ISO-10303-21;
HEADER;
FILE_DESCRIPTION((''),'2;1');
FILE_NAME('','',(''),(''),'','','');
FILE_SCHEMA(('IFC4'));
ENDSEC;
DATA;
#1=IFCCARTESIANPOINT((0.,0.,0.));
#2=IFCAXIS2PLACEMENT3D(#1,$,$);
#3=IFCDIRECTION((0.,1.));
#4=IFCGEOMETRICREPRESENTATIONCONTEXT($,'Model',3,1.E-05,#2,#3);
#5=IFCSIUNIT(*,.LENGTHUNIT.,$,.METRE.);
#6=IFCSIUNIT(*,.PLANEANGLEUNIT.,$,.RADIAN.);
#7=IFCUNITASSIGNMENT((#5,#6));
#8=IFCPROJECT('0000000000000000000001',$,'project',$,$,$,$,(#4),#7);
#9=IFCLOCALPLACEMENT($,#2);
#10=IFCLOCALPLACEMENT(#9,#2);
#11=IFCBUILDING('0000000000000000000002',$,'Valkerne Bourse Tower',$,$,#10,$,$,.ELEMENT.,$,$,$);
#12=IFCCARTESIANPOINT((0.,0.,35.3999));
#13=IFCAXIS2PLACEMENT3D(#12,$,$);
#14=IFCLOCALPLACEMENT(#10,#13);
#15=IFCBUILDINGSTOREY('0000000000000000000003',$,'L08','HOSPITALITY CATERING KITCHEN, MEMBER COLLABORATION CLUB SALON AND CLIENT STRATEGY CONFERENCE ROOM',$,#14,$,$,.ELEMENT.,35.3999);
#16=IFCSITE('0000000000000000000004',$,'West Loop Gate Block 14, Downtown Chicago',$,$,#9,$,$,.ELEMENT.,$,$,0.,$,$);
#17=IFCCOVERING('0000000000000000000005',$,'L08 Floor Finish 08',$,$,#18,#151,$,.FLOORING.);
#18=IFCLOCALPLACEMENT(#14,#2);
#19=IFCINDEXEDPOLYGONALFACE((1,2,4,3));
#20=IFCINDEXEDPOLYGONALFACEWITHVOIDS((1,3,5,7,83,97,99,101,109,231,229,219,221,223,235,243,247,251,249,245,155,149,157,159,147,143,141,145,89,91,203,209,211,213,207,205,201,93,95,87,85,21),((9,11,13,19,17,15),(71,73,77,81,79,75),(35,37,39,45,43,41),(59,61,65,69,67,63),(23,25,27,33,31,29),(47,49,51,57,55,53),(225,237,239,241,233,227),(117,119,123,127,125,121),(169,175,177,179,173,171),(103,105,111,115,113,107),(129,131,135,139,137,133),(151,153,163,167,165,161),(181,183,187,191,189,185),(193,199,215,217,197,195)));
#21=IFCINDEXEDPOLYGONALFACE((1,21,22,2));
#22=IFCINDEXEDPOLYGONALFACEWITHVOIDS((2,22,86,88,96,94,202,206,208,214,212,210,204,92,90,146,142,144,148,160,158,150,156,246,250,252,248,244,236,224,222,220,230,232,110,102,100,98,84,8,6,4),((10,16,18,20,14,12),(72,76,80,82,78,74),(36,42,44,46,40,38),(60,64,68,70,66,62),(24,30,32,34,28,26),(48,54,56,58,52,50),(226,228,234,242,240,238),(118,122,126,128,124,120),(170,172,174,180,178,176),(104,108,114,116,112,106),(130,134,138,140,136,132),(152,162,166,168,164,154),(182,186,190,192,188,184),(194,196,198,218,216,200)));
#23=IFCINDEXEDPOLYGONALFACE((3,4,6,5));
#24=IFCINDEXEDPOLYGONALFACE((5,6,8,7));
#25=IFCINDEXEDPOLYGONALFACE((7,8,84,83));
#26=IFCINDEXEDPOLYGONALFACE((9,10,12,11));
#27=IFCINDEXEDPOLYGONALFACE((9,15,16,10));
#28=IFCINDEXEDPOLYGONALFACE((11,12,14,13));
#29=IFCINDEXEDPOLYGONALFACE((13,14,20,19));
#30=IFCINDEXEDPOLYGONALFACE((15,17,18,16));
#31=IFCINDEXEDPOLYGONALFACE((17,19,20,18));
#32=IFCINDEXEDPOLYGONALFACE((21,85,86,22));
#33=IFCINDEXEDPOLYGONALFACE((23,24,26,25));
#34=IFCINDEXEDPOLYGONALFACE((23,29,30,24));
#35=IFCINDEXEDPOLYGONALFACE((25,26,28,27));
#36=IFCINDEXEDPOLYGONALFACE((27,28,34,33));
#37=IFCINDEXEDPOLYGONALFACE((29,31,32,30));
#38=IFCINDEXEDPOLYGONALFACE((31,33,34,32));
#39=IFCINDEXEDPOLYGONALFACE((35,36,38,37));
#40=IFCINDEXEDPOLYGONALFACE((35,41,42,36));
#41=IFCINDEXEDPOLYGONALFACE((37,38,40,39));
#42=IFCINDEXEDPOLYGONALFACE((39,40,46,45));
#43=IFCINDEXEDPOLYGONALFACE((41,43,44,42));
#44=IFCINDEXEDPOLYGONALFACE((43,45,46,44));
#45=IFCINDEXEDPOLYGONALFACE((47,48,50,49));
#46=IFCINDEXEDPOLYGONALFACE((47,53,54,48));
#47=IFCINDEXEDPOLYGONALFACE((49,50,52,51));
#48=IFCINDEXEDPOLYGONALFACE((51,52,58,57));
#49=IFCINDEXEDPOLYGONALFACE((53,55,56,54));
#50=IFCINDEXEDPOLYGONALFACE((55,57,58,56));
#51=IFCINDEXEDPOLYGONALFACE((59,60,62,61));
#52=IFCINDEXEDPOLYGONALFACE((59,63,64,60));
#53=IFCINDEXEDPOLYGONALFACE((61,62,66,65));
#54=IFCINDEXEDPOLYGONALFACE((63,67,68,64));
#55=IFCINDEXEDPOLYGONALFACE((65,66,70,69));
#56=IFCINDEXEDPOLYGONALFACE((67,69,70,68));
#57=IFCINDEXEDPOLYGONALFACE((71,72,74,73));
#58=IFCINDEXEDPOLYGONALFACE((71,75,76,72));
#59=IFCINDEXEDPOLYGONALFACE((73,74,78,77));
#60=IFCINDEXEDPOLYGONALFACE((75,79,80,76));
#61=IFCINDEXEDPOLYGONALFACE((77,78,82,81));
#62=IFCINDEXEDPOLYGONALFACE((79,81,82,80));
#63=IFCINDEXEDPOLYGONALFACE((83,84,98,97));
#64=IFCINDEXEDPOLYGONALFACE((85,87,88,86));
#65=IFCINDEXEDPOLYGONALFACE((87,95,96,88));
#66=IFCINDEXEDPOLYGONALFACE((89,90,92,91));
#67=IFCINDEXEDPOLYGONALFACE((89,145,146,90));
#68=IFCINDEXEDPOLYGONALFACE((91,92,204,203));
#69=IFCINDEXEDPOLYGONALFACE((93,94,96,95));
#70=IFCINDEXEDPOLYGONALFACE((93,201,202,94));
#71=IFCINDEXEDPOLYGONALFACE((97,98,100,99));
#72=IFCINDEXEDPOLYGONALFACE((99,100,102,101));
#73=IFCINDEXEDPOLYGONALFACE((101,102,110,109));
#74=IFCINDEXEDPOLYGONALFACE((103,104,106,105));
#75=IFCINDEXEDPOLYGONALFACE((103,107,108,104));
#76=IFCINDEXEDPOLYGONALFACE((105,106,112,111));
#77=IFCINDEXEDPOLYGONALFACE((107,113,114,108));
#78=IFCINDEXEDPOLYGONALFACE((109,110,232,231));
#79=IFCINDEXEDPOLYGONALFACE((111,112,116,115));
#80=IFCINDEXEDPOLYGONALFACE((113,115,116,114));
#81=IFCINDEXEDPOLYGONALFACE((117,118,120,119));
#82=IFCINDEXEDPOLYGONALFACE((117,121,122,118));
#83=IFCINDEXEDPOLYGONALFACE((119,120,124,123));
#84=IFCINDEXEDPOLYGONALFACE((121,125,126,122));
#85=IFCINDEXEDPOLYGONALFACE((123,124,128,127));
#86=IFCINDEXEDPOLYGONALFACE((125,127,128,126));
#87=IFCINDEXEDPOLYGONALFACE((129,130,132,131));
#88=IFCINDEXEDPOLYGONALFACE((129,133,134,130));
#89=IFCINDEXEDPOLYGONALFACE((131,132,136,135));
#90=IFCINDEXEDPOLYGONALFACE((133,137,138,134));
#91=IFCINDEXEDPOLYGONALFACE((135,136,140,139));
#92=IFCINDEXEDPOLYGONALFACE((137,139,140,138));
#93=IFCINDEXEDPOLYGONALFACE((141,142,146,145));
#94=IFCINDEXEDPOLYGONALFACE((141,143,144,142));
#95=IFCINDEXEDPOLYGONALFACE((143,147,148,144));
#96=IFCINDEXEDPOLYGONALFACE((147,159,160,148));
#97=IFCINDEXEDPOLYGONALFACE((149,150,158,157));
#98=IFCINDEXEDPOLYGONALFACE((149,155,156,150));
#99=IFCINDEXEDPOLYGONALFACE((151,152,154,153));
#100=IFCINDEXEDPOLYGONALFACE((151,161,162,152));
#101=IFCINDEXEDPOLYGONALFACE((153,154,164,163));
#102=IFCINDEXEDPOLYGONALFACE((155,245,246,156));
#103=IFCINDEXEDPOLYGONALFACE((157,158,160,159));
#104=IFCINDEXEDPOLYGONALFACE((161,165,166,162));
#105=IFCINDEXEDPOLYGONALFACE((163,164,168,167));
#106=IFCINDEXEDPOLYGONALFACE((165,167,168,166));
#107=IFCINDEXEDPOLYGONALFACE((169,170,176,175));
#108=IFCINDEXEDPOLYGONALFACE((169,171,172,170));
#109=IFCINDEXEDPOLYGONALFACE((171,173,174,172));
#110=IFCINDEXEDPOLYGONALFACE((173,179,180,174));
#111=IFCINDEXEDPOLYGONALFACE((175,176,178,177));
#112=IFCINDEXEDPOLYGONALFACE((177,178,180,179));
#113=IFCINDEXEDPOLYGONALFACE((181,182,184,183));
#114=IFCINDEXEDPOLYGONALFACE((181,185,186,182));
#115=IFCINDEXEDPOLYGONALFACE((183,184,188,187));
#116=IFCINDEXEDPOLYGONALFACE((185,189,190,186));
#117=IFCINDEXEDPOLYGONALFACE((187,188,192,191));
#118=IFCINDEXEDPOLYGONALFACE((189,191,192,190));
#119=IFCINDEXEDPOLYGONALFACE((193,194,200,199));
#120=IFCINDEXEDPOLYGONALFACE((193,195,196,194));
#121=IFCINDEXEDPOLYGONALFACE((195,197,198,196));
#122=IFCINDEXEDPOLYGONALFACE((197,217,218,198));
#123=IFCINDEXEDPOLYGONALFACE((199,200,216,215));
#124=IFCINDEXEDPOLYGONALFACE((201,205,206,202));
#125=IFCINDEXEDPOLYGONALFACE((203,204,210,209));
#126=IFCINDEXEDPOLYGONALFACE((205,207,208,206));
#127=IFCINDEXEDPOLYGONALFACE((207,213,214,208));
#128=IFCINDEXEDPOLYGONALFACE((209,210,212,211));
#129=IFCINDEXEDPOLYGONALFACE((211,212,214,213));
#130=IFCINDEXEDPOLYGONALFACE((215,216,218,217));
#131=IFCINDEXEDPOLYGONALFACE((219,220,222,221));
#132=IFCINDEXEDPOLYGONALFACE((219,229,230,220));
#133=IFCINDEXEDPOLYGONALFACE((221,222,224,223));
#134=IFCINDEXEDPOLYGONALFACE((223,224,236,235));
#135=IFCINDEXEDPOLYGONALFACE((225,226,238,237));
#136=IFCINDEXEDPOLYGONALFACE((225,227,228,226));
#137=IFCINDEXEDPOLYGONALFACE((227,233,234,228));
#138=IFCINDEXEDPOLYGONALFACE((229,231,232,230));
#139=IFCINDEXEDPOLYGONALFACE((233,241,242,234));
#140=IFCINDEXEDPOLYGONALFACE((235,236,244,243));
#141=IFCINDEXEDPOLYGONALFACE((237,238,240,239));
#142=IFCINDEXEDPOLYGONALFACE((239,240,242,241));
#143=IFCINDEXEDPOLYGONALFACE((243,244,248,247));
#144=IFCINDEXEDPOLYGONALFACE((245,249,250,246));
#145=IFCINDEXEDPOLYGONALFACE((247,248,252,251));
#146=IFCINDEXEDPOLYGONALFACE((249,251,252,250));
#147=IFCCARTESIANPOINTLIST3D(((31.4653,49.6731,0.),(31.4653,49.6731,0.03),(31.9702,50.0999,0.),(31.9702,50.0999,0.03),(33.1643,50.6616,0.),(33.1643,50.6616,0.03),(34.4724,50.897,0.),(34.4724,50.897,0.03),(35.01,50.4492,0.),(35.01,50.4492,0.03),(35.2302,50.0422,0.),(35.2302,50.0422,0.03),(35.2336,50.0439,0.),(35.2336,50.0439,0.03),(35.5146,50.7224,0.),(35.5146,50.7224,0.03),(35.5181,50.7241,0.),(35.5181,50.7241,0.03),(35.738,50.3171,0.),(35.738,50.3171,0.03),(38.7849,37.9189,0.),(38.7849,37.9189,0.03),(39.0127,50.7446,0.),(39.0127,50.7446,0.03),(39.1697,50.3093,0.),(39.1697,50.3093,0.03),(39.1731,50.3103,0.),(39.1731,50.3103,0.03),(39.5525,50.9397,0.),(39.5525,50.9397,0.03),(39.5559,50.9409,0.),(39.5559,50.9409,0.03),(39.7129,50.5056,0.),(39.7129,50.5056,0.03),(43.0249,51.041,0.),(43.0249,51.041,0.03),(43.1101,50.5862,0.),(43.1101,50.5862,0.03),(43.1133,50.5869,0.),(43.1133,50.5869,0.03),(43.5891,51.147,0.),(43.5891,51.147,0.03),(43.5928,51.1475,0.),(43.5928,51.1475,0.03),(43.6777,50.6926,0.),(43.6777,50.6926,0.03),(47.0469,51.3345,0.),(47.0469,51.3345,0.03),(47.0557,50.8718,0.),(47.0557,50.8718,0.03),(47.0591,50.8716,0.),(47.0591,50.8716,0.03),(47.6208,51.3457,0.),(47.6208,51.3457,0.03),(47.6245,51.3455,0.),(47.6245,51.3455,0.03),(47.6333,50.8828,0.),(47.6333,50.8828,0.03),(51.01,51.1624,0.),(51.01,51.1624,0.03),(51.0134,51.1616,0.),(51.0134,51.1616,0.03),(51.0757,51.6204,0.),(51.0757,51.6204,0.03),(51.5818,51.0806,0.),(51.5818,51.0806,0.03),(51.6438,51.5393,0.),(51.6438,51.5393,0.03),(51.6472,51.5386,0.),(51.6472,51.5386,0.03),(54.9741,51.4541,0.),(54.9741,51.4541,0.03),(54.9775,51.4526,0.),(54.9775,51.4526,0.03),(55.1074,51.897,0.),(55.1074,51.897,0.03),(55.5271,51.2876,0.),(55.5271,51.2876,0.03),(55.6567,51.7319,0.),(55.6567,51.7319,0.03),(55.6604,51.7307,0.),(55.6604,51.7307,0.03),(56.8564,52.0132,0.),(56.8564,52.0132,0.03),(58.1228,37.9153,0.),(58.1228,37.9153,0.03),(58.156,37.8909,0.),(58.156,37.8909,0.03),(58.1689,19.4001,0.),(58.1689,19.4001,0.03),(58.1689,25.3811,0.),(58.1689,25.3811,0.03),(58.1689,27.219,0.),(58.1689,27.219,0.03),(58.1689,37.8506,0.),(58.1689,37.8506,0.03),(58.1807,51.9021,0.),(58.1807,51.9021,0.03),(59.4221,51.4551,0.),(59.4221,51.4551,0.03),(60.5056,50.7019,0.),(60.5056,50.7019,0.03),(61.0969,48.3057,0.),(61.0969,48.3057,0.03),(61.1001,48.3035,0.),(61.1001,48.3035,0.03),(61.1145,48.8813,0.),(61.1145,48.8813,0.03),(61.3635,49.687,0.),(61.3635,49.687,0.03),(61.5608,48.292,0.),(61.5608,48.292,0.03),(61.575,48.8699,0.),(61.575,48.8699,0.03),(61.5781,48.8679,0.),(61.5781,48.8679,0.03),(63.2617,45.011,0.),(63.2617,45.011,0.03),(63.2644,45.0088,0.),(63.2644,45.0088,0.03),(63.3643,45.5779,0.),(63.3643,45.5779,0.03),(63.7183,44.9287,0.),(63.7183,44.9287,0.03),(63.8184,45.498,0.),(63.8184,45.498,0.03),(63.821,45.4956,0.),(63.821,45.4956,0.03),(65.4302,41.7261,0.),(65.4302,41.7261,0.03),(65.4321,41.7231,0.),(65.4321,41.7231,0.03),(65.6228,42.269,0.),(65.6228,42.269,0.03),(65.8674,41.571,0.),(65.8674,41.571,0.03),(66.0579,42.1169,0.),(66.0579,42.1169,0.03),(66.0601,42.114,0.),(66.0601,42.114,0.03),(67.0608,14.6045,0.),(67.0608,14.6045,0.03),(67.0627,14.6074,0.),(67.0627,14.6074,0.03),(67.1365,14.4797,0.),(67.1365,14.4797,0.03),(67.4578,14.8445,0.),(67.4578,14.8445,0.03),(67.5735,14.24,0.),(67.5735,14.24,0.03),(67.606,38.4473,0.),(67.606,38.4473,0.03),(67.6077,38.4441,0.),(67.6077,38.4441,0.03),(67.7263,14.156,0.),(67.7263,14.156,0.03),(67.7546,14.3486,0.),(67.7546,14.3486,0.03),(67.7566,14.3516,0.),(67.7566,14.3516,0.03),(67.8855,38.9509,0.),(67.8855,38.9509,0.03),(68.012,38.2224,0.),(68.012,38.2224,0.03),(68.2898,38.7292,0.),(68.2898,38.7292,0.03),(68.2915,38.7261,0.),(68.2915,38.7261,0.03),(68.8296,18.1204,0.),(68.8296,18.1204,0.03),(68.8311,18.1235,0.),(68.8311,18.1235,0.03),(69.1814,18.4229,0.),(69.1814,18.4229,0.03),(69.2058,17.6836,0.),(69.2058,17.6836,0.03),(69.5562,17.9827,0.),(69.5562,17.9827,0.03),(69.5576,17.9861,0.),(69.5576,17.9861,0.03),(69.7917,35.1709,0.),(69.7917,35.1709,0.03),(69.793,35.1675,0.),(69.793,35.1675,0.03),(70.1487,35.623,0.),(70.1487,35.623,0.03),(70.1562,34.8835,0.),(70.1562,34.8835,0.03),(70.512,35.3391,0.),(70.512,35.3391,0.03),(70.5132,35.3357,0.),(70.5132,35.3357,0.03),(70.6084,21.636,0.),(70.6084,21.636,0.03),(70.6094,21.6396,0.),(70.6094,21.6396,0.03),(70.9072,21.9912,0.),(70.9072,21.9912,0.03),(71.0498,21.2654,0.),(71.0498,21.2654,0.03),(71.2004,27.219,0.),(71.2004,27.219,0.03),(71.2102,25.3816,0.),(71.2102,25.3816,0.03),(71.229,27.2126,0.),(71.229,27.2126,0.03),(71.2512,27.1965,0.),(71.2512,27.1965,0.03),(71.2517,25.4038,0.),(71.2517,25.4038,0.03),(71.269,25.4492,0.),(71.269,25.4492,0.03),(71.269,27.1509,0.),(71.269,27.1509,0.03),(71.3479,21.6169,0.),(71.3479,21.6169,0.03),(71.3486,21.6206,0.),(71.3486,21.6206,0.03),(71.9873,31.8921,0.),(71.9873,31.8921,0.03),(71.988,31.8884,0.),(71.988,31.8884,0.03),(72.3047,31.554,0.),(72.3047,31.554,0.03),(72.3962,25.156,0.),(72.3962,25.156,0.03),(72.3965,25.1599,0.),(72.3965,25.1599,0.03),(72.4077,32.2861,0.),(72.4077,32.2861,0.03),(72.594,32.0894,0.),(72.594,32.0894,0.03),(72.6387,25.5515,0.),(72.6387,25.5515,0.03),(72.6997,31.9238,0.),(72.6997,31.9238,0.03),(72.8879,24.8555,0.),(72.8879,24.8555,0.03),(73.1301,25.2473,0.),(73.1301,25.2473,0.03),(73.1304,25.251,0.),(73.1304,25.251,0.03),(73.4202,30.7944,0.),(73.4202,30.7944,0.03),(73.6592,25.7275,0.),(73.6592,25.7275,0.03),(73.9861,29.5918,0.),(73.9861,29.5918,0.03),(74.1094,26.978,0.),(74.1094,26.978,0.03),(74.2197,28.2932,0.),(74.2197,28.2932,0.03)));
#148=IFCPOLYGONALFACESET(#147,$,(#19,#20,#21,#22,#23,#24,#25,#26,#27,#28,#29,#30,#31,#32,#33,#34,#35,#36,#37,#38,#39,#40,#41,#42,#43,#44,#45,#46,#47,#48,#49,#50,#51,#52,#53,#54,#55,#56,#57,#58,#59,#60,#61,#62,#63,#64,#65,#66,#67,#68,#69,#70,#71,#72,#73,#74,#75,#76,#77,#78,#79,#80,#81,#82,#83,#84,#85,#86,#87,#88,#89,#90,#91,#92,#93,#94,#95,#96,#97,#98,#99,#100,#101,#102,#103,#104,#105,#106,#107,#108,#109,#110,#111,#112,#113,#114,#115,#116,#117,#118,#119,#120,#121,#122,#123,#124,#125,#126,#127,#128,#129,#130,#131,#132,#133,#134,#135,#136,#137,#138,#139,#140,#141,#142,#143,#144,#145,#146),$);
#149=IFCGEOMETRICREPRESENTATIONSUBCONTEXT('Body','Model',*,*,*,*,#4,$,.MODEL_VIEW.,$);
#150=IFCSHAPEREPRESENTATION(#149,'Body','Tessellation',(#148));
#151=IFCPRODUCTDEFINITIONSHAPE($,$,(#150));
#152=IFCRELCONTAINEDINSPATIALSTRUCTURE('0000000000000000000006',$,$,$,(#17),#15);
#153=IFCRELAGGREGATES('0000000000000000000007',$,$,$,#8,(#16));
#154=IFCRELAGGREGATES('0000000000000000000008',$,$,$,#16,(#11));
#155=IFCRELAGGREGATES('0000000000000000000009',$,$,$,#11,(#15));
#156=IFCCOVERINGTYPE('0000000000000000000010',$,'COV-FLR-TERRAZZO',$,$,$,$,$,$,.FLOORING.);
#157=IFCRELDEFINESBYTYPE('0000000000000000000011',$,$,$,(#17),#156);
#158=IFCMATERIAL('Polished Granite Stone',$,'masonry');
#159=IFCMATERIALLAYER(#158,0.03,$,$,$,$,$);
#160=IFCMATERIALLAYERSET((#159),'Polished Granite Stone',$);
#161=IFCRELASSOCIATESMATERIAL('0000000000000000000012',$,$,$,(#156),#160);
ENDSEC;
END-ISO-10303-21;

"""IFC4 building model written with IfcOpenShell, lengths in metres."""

from ifc_helpers import new_model, si_unit, direction, frame, origin, place, context, subcontext, project, spatial, polyline, outline, extrude, material, layer, layer_set, type_object, element, save


model = new_model("IFC4")

# Units and contexts
model_context = context("Model", 3, precision=1e-05, world=origin(), true_north=direction((0.0, 1.0)))
body_context = subcontext(model_context, "Body", "Model", "MODEL_VIEW")
ifc_project = project(units=[si_unit("LENGTHUNIT", "METRE"), si_unit("PLANEANGLEUNIT", "RADIAN")], contexts=[model_context])

# Site, building, storey
site_placement = place(None, origin())
site = spatial("IfcSite", under=ifc_project, at=site_placement, Name="West Loop Gate Block 14, Downtown Chicago", CompositionType="ELEMENT", RefElevation=0.0)
building_placement = place(site_placement, origin())
building = spatial("IfcBuilding", under=site, at=building_placement, Name="Valkerne Bourse Tower", CompositionType="ELEMENT")
storey_placement = place(building_placement, frame((0.0, 0.0, 35.3999)))
storey = spatial("IfcBuildingStorey", under=building, at=storey_placement, Name="L08", Description="HOSPITALITY CATERING KITCHEN, MEMBER COLLABORATION CLUB SALON AND CLIENT STRATEGY CONFERENCE ROOM", CompositionType="ELEMENT", Elevation=35.3999)

# Covering
ifc_material_1 = material(Name="Polished Granite Stone", Category="masonry")
ifc_layer_1 = layer(ifc_material_1, 0.03)
ifc_layer_set_1 = layer_set([ifc_layer_1], Name="Polished Granite Stone")
covering_type_1 = type_object("IfcCoveringType", Name="COV-FLR-TERRAZZO", PredefinedType="FLOORING", material=ifc_layer_set_1)
covering_1_placement = place(storey_placement, origin())
element("IfcCovering", 1, at=covering_1_placement, inside=storey, type_object=covering_type_1, Name="L08 Floor Finish 08", PredefinedType="FLOORING", context=body_context, shape_type="SweptSolid", body=[
    extrude(outline(polyline([(34.4724, 50.897), (56.8564, 52.0132), (58.1807, 51.9021), (59.4221, 51.4551), (60.5056, 50.7019), (61.3635, 49.687), (72.594, 32.0894), (72.4077, 32.2861), (71.9873, 31.8921), (71.988, 31.8884), (72.3047, 31.554), (72.6997, 31.9238), (73.4202, 30.7944), (73.9861, 29.5918), (74.2197, 28.2932), (74.1094, 26.978), (73.6592, 25.7275), (67.7263, 14.156), (67.5735, 14.24), (67.7546, 14.3486), (67.7566, 14.3516), (67.4578, 14.8445), (67.0627, 14.6074), (67.0608, 14.6045), (67.1365, 14.4797), (58.1689, 19.4001), (58.1689, 25.3811), (71.2102, 25.3816), (71.2517, 25.4038), (71.269, 25.4492), (71.269, 27.1509), (71.2512, 27.1965), (71.229, 27.2126), (71.2004, 27.219), (58.1689, 27.219), (58.1689, 37.8506), (58.156, 37.8909), (58.1228, 37.9153), (38.7849, 37.9189), (31.4653, 49.6731), (31.9702, 50.0999), (33.1643, 50.6616), (34.4724, 50.897)]), holes=[polyline([(35.2336, 50.0439), (35.738, 50.3171), (35.5181, 50.7241), (35.5146, 50.7224), (35.01, 50.4492), (35.2302, 50.0422), (35.2336, 50.0439)]), polyline([(39.1731, 50.3103), (39.7129, 50.5056), (39.5559, 50.9409), (39.5525, 50.9397), (39.0127, 50.7446), (39.1697, 50.3093), (39.1731, 50.3103)]), polyline([(43.6777, 50.6926), (43.5928, 51.1475), (43.5891, 51.147), (43.0249, 51.041), (43.1101, 50.5862), (43.1133, 50.5869), (43.6777, 50.6926)]), polyline([(47.6333, 50.8828), (47.6245, 51.3455), (47.6208, 51.3457), (47.0469, 51.3345), (47.0557, 50.8718), (47.0591, 50.8716), (47.6333, 50.8828)]), polyline([(51.6472, 51.5386), (51.6438, 51.5393), (51.0757, 51.6204), (51.01, 51.1624), (51.0134, 51.1616), (51.5818, 51.0806), (51.6472, 51.5386)]), polyline([(69.5562, 17.9827), (69.5576, 17.9861), (69.1814, 18.4229), (68.8311, 18.1235), (68.8296, 18.1204), (69.2058, 17.6836), (69.5562, 17.9827)]), polyline([(71.3479, 21.6169), (71.3486, 21.6206), (70.9072, 21.9912), (70.6094, 21.6396), (70.6084, 21.636), (71.0498, 21.2654), (71.3479, 21.6169)]), polyline([(73.1304, 25.251), (72.6387, 25.5515), (72.3965, 25.1599), (72.3962, 25.156), (72.8879, 24.8555), (73.1301, 25.2473), (73.1304, 25.251)]), polyline([(70.5132, 35.3357), (70.512, 35.3391), (70.1487, 35.623), (69.7917, 35.1709), (69.793, 35.1675), (70.1562, 34.8835), (70.5132, 35.3357)]), polyline([(68.2898, 38.7292), (67.8855, 38.9509), (67.606, 38.4473), (67.6077, 38.4441), (68.012, 38.2224), (68.2915, 38.7261), (68.2898, 38.7292)]), polyline([(66.0601, 42.114), (66.0579, 42.1169), (65.6228, 42.269), (65.4302, 41.7261), (65.4321, 41.7231), (65.8674, 41.571), (66.0601, 42.114)]), polyline([(63.821, 45.4956), (63.8184, 45.498), (63.3643, 45.5779), (63.2617, 45.011), (63.2644, 45.0088), (63.7183, 44.9287), (63.821, 45.4956)]), polyline([(61.575, 48.8699), (61.1145, 48.8813), (61.0969, 48.3057), (61.1001, 48.3035), (61.5608, 48.292), (61.5781, 48.8679), (61.575, 48.8699)]), polyline([(55.6604, 51.7307), (55.6567, 51.7319), (55.1074, 51.897), (54.9741, 51.4541), (54.9775, 51.4526), (55.5271, 51.2876), (55.6604, 51.7307)])]), origin(), (0.0, 0.0, 1.0), 0.03),
])

save(model, "model.ifc")
